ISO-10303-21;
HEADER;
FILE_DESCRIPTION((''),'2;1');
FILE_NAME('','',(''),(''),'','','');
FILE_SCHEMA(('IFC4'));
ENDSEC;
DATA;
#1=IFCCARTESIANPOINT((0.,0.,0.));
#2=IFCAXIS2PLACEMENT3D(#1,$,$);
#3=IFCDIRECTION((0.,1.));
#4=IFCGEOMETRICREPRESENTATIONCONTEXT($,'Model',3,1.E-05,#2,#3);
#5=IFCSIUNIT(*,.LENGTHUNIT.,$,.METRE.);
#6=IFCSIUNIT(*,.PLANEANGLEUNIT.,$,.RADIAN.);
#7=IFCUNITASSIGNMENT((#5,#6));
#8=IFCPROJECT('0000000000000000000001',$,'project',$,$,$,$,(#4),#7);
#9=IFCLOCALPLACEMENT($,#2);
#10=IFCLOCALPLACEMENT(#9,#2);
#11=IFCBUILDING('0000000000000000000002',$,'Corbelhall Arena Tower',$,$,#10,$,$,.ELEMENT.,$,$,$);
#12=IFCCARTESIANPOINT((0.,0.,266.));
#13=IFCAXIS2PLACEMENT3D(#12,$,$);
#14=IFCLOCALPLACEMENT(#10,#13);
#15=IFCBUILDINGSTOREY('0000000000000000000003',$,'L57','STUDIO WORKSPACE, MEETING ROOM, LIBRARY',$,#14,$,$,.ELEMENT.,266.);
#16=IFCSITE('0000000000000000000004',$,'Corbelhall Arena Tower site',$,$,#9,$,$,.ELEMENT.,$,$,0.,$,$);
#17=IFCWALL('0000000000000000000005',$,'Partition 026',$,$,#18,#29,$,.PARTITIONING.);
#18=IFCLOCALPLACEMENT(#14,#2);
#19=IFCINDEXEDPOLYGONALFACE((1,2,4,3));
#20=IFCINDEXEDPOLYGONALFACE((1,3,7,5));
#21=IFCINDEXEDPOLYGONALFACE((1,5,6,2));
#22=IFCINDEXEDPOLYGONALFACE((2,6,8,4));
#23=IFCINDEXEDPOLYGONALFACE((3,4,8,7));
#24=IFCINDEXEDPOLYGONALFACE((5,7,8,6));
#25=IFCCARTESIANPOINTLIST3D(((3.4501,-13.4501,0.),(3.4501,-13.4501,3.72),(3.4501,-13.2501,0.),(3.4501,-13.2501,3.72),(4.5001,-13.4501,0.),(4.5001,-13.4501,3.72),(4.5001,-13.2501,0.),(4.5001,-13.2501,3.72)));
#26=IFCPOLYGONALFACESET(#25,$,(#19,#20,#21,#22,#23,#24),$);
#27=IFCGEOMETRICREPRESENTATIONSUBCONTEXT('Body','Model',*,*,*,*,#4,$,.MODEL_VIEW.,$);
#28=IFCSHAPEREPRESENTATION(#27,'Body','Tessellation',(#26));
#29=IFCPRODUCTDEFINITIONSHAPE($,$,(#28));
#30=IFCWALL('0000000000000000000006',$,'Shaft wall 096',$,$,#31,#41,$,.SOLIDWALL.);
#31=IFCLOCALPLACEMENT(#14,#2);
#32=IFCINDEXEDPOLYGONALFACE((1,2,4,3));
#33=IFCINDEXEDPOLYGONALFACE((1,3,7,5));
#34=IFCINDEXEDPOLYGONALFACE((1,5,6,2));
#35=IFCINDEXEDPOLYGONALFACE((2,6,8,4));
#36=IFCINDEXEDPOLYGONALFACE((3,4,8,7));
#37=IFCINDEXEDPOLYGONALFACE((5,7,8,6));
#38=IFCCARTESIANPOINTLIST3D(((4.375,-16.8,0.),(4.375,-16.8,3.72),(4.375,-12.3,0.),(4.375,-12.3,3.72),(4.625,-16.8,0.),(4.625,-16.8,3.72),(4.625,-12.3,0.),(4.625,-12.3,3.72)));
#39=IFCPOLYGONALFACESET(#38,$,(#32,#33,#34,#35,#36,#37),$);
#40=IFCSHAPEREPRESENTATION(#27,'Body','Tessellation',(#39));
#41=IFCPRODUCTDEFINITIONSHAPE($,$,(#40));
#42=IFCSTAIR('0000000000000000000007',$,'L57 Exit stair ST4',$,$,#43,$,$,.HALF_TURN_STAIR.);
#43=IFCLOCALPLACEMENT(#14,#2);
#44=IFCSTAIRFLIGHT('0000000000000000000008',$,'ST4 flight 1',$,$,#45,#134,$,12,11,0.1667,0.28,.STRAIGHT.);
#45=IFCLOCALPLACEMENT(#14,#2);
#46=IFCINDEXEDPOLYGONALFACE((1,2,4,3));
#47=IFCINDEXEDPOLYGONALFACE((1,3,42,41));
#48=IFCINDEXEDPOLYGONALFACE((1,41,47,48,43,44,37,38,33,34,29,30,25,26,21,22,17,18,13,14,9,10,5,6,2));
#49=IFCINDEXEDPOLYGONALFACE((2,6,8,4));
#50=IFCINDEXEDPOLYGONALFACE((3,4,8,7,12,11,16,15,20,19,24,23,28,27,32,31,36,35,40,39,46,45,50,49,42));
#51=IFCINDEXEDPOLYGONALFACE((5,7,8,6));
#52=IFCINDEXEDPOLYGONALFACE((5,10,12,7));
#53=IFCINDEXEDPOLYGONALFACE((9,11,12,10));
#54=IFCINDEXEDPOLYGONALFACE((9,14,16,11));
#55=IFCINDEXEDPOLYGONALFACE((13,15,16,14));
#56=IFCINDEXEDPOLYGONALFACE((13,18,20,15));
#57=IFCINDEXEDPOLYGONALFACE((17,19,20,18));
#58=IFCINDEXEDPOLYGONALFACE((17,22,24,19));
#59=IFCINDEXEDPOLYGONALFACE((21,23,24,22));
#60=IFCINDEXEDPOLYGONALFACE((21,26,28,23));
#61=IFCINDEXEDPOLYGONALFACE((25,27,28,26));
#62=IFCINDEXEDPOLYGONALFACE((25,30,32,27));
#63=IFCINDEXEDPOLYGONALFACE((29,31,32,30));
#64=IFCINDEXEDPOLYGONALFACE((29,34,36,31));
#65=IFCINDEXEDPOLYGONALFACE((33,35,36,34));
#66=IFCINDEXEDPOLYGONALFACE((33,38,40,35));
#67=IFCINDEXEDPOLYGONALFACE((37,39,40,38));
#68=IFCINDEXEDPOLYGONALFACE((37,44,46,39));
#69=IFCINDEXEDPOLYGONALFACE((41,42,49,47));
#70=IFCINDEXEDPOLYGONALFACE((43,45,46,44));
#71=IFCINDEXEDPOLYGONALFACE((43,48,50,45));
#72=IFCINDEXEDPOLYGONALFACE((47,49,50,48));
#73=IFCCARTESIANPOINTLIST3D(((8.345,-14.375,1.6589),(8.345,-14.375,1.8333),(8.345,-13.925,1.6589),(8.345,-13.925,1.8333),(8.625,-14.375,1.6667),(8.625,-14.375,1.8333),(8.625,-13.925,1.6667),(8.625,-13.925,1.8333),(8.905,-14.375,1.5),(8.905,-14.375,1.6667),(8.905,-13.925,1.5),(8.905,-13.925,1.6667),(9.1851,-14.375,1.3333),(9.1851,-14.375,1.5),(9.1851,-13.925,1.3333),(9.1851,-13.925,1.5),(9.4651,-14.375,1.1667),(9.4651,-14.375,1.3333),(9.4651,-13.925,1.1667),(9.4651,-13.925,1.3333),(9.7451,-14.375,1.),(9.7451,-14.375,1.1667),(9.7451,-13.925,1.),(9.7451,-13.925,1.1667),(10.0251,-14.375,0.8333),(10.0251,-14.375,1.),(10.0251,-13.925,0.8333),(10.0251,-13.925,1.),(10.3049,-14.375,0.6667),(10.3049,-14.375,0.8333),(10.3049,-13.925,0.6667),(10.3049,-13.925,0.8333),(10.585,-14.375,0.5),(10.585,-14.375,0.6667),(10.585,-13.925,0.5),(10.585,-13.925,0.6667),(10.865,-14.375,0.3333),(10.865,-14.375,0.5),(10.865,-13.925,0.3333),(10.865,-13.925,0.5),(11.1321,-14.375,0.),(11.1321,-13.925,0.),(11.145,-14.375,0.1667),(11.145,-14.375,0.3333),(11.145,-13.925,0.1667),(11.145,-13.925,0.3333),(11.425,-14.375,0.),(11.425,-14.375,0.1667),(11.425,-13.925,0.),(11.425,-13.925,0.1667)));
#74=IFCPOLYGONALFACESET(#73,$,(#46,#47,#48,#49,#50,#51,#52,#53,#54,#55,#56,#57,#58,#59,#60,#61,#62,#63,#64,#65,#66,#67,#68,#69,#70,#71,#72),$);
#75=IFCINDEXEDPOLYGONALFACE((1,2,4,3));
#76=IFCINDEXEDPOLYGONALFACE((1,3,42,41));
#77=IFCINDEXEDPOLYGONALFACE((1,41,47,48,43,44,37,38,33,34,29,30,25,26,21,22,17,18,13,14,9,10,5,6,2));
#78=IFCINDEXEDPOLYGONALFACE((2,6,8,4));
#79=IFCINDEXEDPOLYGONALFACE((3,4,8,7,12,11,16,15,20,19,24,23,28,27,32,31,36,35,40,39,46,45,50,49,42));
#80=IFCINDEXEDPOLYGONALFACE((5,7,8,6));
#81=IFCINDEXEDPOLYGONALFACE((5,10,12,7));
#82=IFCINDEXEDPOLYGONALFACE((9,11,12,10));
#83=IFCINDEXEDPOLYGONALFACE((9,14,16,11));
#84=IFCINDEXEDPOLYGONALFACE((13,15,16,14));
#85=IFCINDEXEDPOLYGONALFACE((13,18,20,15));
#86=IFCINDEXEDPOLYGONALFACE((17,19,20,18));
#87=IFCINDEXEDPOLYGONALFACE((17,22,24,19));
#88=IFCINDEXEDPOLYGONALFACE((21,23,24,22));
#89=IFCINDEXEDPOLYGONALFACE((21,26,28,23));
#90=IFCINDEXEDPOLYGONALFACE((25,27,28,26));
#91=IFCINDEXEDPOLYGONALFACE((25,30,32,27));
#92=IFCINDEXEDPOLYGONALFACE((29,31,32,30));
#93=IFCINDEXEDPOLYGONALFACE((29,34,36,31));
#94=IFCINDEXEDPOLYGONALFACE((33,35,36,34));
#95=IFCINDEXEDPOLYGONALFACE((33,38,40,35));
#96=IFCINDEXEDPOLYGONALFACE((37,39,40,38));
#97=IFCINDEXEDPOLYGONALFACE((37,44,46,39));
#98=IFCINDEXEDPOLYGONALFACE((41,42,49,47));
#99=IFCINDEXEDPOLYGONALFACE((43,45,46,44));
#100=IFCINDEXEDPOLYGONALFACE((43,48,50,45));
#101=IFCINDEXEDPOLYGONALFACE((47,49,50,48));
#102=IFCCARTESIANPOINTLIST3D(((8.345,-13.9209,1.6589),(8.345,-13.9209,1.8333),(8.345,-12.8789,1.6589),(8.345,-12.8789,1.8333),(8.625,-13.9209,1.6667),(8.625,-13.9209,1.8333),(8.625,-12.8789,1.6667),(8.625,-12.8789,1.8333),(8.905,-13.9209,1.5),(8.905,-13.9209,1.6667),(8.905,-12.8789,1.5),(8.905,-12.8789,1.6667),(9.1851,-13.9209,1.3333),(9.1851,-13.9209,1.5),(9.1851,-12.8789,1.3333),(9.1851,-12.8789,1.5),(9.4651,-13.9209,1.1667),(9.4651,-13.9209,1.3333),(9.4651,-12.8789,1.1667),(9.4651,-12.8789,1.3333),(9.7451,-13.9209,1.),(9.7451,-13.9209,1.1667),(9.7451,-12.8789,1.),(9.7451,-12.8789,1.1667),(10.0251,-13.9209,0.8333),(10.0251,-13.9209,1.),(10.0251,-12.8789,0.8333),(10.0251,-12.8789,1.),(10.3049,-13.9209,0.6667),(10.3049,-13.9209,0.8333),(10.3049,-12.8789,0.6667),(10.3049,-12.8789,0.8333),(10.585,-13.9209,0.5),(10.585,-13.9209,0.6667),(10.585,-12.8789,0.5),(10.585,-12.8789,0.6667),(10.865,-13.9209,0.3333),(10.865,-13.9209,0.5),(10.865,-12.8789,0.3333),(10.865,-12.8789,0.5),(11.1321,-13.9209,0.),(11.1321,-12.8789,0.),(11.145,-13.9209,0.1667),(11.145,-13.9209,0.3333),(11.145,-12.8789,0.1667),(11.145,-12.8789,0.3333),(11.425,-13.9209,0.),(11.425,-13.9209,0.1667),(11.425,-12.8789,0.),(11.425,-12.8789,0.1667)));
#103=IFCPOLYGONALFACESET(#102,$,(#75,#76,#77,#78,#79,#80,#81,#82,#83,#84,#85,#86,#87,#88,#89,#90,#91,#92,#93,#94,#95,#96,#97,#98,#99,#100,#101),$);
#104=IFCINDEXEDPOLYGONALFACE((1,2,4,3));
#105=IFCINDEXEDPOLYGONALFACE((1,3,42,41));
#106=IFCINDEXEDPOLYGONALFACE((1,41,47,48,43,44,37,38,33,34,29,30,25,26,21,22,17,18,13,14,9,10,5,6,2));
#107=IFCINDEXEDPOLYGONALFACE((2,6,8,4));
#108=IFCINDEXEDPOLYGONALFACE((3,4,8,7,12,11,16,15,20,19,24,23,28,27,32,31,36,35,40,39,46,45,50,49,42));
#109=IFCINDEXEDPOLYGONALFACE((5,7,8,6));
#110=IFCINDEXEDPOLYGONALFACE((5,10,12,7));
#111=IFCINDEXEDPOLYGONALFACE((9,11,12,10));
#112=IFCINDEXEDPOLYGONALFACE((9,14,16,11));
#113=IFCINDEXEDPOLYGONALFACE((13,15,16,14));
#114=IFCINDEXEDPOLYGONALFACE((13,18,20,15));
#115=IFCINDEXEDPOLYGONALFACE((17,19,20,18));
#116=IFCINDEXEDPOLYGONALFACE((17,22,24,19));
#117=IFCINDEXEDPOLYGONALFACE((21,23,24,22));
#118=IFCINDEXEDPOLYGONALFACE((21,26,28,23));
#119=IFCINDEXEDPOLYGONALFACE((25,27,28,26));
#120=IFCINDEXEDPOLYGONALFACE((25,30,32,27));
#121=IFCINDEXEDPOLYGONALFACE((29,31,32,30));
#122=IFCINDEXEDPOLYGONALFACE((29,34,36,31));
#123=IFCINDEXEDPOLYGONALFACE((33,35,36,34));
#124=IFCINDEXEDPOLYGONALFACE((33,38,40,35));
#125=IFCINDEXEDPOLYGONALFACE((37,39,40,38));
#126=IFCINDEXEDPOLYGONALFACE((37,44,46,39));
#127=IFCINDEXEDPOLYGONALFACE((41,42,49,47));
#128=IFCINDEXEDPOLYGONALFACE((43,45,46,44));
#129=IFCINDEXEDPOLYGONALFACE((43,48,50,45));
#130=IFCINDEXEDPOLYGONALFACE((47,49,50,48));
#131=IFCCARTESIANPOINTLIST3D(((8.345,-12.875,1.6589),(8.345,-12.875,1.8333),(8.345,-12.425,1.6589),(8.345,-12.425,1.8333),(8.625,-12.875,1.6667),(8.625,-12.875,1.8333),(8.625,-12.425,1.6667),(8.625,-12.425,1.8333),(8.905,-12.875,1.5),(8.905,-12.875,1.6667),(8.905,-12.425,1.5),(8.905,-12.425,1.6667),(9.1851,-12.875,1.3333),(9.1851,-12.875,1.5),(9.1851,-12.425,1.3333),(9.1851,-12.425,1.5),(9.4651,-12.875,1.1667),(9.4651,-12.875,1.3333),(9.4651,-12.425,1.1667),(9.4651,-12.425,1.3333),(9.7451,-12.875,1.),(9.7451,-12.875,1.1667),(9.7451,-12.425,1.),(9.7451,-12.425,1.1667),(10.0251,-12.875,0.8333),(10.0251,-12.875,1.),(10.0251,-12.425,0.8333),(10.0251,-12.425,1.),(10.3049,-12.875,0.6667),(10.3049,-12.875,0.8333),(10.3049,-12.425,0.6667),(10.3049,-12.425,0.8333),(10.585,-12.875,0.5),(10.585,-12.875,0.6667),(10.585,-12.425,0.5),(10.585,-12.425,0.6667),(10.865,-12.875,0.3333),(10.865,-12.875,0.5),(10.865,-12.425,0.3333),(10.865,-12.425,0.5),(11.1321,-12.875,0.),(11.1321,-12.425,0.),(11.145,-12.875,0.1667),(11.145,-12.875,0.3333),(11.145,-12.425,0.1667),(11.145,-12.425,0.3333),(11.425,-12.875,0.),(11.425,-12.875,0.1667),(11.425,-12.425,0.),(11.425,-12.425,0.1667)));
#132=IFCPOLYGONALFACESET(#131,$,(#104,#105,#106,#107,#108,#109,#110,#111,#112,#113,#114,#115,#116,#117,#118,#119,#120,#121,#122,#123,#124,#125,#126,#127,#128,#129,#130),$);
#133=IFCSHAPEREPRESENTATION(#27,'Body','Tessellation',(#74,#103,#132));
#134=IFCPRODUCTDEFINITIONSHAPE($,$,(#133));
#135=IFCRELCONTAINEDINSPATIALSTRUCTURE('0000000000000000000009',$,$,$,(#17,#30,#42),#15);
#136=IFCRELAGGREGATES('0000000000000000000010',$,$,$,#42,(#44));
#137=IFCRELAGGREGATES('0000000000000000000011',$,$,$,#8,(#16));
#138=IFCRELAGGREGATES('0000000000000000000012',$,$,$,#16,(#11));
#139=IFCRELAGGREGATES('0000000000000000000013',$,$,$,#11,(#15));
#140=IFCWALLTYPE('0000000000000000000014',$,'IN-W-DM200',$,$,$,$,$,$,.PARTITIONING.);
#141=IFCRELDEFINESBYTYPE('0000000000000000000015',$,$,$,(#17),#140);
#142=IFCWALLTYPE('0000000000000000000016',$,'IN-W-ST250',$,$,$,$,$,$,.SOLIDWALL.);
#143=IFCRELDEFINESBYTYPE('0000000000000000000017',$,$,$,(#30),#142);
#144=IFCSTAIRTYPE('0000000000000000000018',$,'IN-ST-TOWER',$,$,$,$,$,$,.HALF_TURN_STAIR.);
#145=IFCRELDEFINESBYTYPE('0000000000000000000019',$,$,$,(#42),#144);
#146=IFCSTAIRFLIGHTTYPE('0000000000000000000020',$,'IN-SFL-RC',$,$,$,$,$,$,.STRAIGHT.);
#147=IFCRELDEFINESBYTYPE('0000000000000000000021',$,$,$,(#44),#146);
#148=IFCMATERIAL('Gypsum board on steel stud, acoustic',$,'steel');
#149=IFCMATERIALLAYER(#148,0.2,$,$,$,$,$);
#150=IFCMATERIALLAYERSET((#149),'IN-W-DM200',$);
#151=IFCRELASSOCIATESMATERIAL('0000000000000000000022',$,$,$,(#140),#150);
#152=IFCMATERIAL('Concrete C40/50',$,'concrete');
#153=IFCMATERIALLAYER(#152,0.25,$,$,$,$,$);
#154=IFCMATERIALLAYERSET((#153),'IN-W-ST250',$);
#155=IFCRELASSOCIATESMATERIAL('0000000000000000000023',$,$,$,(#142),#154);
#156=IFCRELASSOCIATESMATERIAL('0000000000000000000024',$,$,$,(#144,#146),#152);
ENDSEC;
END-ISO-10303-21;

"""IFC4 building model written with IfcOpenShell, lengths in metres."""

from ifc_helpers import new_model, si_unit, direction, frame, frame_2d, origin, place, context, subcontext, project, spatial, polyline, rectangle, outline, extrude, material, layer, layer_set, type_object, element, aggregate, save


model = new_model("IFC4")

# Units and contexts
model_context = context("Model", 3, precision=1e-05, world=origin(), true_north=direction((0.0, 1.0)))
body_context = subcontext(model_context, "Body", "Model", "MODEL_VIEW")
ifc_project = project(units=[si_unit("LENGTHUNIT", "METRE"), si_unit("PLANEANGLEUNIT", "RADIAN")], contexts=[model_context])

# Site, building, storey
site_placement = place(None, origin())
site = spatial("IfcSite", under=ifc_project, at=site_placement, Name="Corbelhall Arena Tower site", CompositionType="ELEMENT", RefElevation=0.0)
building_placement = place(site_placement, origin())
building = spatial("IfcBuilding", under=site, at=building_placement, Name="Corbelhall Arena Tower", CompositionType="ELEMENT")
storey_placement = place(building_placement, frame((0.0, 0.0, 266.0)))
storey = spatial("IfcBuildingStorey", under=building, at=storey_placement, Name="L57", Description="STUDIO WORKSPACE, MEETING ROOM, LIBRARY", CompositionType="ELEMENT", Elevation=266.0)

# Walls
ifc_material_1 = material(Name="Gypsum board on steel stud, acoustic", Category="steel")
ifc_layer_1 = layer(ifc_material_1, 0.2)
ifc_layer_set_1 = layer_set([ifc_layer_1], Name="IN-W-DM200")
wall_type_1 = type_object("IfcWallType", Name="IN-W-DM200", PredefinedType="PARTITIONING", material=ifc_layer_set_1)
wall_1_placement = place(storey_placement, frame((4.5, -13.3501, 0.0), z_axis=(0.0, 0.0, 1.0), x_axis=(-1.0, 0.0, 0.0)))
element("IfcWall", 1, at=wall_1_placement, inside=storey, type_object=wall_type_1, Name="Partition 026", PredefinedType="PARTITIONING", context=body_context, shape_type="SweptSolid", body=[
    extrude(rectangle(XDim=1.05, YDim=0.2, at=frame_2d((0.5249, 0.0))), origin(), (0.0, 0.0, 1.0), 3.72),
])
ifc_material_2 = material(Name="Concrete C40/50", Category="concrete")
ifc_layer_2 = layer(ifc_material_2, 0.25)
ifc_layer_set_2 = layer_set([ifc_layer_2], Name="IN-W-ST250")
wall_type_2 = type_object("IfcWallType", Name="IN-W-ST250", PredefinedType="SOLIDWALL", material=ifc_layer_set_2)
wall_2_placement = place(storey_placement, frame((4.5, -16.8, 0.0), z_axis=(0.0, 0.0, 1.0), x_axis=(0.0, 1.0, 0.0)))
element("IfcWall", 2, at=wall_2_placement, inside=storey, type_object=wall_type_2, Name="Shaft wall 096", PredefinedType="SOLIDWALL", context=body_context, shape_type="SweptSolid", body=[
    extrude(rectangle(XDim=4.5, YDim=0.25, at=frame_2d((2.25, 0.0))), origin(), (0.0, 0.0, 1.0), 3.72),
])

# Stair, stair flight
stair_type = type_object("IfcStairType", Name="IN-ST-TOWER", PredefinedType="HALF_TURN_STAIR", material=ifc_material_2)
stair_placement = place(storey_placement, origin())
stair = element("IfcStair", 3, at=stair_placement, inside=storey, type_object=stair_type, Name="L57 Exit stair ST4", PredefinedType="HALF_TURN_STAIR")
stair_flight_type = type_object("IfcStairFlightType", Name="IN-SFL-RC", PredefinedType="STRAIGHT", material=ifc_material_2)
stair_flight_1_placement = place(storey_placement, frame((11.425, -13.3999, 0.0), z_axis=(0.0, 0.0, 1.0), x_axis=(-1.0, 0.0, 0.0)))
stair_flight_1 = element("IfcStairFlight", 4, at=stair_flight_1_placement, type_object=stair_flight_type, Name="ST4 flight 1", NumberOfRisers=12, NumberOfTreads=11, PredefinedType="STRAIGHT", RiserHeight=0.1667, TreadLength=0.28, context=body_context, shape_type="SweptSolid", body=[
    extrude(outline(polyline([(0.0, 0.0), (0.0, 0.1667), (0.28, 0.1667), (0.28, 0.3333), (0.5601, 0.3333), (0.5601, 0.5), (0.8401, 0.5), (0.8401, 0.6667), (1.1201, 0.6667), (1.1201, 0.8333), (1.3999, 0.8333), (1.3999, 1.0), (1.6799, 1.0), (1.6799, 1.1667), (1.96, 1.1667), (1.96, 1.3333), (2.24, 1.3333), (2.24, 1.5), (2.52, 1.5), (2.52, 1.6667), (2.8, 1.6667), (2.8, 1.8333), (3.0801, 1.8333), (3.0801, 2.0), (3.0801, 1.6589), (0.293, 0.0), (0.0, 0.0)])), frame((0.0, 0.9751, 0.0), z_axis=(0.0, -1.0, 0.0), x_axis=(1.0, 0.0, 0.0)), (0.0, 0.0, 1.0), 0.45),
    extrude(outline(polyline([(0.0, 0.0), (0.0, 0.1667), (0.28, 0.1667), (0.28, 0.3333), (0.5601, 0.3333), (0.5601, 0.5), (0.8401, 0.5), (0.8401, 0.6667), (1.1201, 0.6667), (1.1201, 0.8333), (1.3999, 0.8333), (1.3999, 1.0), (1.6799, 1.0), (1.6799, 1.1667), (1.96, 1.1667), (1.96, 1.3333), (2.24, 1.3333), (2.24, 1.5), (2.52, 1.5), (2.52, 1.6667), (2.8, 1.6667), (2.8, 1.8333), (3.0801, 1.8333), (3.0801, 2.0), (3.0801, 1.6589), (0.293, 0.0), (0.0, 0.0)])), frame((0.0, 0.521, 0.0), z_axis=(0.0, -1.0, 0.0), x_axis=(1.0, 0.0, 0.0)), (0.0, 0.0, 1.0), 1.042),
    extrude(outline(polyline([(0.0, 0.0), (0.0, 0.1667), (0.28, 0.1667), (0.28, 0.3333), (0.5601, 0.3333), (0.5601, 0.5), (0.8401, 0.5), (0.8401, 0.6667), (1.1201, 0.6667), (1.1201, 0.8333), (1.3999, 0.8333), (1.3999, 1.0), (1.6799, 1.0), (1.6799, 1.1667), (1.96, 1.1667), (1.96, 1.3333), (2.24, 1.3333), (2.24, 1.5), (2.52, 1.5), (2.52, 1.6667), (2.8, 1.6667), (2.8, 1.8333), (3.0801, 1.8333), (3.0801, 2.0), (3.0801, 1.6589), (0.293, 0.0), (0.0, 0.0)])), frame((0.0, -0.5249, 0.0), z_axis=(0.0, -1.0, 0.0), x_axis=(1.0, 0.0, 0.0)), (0.0, 0.0, 1.0), 0.45),
])
aggregate(stair, [stair_flight_1])

save(model, "model.ifc")
